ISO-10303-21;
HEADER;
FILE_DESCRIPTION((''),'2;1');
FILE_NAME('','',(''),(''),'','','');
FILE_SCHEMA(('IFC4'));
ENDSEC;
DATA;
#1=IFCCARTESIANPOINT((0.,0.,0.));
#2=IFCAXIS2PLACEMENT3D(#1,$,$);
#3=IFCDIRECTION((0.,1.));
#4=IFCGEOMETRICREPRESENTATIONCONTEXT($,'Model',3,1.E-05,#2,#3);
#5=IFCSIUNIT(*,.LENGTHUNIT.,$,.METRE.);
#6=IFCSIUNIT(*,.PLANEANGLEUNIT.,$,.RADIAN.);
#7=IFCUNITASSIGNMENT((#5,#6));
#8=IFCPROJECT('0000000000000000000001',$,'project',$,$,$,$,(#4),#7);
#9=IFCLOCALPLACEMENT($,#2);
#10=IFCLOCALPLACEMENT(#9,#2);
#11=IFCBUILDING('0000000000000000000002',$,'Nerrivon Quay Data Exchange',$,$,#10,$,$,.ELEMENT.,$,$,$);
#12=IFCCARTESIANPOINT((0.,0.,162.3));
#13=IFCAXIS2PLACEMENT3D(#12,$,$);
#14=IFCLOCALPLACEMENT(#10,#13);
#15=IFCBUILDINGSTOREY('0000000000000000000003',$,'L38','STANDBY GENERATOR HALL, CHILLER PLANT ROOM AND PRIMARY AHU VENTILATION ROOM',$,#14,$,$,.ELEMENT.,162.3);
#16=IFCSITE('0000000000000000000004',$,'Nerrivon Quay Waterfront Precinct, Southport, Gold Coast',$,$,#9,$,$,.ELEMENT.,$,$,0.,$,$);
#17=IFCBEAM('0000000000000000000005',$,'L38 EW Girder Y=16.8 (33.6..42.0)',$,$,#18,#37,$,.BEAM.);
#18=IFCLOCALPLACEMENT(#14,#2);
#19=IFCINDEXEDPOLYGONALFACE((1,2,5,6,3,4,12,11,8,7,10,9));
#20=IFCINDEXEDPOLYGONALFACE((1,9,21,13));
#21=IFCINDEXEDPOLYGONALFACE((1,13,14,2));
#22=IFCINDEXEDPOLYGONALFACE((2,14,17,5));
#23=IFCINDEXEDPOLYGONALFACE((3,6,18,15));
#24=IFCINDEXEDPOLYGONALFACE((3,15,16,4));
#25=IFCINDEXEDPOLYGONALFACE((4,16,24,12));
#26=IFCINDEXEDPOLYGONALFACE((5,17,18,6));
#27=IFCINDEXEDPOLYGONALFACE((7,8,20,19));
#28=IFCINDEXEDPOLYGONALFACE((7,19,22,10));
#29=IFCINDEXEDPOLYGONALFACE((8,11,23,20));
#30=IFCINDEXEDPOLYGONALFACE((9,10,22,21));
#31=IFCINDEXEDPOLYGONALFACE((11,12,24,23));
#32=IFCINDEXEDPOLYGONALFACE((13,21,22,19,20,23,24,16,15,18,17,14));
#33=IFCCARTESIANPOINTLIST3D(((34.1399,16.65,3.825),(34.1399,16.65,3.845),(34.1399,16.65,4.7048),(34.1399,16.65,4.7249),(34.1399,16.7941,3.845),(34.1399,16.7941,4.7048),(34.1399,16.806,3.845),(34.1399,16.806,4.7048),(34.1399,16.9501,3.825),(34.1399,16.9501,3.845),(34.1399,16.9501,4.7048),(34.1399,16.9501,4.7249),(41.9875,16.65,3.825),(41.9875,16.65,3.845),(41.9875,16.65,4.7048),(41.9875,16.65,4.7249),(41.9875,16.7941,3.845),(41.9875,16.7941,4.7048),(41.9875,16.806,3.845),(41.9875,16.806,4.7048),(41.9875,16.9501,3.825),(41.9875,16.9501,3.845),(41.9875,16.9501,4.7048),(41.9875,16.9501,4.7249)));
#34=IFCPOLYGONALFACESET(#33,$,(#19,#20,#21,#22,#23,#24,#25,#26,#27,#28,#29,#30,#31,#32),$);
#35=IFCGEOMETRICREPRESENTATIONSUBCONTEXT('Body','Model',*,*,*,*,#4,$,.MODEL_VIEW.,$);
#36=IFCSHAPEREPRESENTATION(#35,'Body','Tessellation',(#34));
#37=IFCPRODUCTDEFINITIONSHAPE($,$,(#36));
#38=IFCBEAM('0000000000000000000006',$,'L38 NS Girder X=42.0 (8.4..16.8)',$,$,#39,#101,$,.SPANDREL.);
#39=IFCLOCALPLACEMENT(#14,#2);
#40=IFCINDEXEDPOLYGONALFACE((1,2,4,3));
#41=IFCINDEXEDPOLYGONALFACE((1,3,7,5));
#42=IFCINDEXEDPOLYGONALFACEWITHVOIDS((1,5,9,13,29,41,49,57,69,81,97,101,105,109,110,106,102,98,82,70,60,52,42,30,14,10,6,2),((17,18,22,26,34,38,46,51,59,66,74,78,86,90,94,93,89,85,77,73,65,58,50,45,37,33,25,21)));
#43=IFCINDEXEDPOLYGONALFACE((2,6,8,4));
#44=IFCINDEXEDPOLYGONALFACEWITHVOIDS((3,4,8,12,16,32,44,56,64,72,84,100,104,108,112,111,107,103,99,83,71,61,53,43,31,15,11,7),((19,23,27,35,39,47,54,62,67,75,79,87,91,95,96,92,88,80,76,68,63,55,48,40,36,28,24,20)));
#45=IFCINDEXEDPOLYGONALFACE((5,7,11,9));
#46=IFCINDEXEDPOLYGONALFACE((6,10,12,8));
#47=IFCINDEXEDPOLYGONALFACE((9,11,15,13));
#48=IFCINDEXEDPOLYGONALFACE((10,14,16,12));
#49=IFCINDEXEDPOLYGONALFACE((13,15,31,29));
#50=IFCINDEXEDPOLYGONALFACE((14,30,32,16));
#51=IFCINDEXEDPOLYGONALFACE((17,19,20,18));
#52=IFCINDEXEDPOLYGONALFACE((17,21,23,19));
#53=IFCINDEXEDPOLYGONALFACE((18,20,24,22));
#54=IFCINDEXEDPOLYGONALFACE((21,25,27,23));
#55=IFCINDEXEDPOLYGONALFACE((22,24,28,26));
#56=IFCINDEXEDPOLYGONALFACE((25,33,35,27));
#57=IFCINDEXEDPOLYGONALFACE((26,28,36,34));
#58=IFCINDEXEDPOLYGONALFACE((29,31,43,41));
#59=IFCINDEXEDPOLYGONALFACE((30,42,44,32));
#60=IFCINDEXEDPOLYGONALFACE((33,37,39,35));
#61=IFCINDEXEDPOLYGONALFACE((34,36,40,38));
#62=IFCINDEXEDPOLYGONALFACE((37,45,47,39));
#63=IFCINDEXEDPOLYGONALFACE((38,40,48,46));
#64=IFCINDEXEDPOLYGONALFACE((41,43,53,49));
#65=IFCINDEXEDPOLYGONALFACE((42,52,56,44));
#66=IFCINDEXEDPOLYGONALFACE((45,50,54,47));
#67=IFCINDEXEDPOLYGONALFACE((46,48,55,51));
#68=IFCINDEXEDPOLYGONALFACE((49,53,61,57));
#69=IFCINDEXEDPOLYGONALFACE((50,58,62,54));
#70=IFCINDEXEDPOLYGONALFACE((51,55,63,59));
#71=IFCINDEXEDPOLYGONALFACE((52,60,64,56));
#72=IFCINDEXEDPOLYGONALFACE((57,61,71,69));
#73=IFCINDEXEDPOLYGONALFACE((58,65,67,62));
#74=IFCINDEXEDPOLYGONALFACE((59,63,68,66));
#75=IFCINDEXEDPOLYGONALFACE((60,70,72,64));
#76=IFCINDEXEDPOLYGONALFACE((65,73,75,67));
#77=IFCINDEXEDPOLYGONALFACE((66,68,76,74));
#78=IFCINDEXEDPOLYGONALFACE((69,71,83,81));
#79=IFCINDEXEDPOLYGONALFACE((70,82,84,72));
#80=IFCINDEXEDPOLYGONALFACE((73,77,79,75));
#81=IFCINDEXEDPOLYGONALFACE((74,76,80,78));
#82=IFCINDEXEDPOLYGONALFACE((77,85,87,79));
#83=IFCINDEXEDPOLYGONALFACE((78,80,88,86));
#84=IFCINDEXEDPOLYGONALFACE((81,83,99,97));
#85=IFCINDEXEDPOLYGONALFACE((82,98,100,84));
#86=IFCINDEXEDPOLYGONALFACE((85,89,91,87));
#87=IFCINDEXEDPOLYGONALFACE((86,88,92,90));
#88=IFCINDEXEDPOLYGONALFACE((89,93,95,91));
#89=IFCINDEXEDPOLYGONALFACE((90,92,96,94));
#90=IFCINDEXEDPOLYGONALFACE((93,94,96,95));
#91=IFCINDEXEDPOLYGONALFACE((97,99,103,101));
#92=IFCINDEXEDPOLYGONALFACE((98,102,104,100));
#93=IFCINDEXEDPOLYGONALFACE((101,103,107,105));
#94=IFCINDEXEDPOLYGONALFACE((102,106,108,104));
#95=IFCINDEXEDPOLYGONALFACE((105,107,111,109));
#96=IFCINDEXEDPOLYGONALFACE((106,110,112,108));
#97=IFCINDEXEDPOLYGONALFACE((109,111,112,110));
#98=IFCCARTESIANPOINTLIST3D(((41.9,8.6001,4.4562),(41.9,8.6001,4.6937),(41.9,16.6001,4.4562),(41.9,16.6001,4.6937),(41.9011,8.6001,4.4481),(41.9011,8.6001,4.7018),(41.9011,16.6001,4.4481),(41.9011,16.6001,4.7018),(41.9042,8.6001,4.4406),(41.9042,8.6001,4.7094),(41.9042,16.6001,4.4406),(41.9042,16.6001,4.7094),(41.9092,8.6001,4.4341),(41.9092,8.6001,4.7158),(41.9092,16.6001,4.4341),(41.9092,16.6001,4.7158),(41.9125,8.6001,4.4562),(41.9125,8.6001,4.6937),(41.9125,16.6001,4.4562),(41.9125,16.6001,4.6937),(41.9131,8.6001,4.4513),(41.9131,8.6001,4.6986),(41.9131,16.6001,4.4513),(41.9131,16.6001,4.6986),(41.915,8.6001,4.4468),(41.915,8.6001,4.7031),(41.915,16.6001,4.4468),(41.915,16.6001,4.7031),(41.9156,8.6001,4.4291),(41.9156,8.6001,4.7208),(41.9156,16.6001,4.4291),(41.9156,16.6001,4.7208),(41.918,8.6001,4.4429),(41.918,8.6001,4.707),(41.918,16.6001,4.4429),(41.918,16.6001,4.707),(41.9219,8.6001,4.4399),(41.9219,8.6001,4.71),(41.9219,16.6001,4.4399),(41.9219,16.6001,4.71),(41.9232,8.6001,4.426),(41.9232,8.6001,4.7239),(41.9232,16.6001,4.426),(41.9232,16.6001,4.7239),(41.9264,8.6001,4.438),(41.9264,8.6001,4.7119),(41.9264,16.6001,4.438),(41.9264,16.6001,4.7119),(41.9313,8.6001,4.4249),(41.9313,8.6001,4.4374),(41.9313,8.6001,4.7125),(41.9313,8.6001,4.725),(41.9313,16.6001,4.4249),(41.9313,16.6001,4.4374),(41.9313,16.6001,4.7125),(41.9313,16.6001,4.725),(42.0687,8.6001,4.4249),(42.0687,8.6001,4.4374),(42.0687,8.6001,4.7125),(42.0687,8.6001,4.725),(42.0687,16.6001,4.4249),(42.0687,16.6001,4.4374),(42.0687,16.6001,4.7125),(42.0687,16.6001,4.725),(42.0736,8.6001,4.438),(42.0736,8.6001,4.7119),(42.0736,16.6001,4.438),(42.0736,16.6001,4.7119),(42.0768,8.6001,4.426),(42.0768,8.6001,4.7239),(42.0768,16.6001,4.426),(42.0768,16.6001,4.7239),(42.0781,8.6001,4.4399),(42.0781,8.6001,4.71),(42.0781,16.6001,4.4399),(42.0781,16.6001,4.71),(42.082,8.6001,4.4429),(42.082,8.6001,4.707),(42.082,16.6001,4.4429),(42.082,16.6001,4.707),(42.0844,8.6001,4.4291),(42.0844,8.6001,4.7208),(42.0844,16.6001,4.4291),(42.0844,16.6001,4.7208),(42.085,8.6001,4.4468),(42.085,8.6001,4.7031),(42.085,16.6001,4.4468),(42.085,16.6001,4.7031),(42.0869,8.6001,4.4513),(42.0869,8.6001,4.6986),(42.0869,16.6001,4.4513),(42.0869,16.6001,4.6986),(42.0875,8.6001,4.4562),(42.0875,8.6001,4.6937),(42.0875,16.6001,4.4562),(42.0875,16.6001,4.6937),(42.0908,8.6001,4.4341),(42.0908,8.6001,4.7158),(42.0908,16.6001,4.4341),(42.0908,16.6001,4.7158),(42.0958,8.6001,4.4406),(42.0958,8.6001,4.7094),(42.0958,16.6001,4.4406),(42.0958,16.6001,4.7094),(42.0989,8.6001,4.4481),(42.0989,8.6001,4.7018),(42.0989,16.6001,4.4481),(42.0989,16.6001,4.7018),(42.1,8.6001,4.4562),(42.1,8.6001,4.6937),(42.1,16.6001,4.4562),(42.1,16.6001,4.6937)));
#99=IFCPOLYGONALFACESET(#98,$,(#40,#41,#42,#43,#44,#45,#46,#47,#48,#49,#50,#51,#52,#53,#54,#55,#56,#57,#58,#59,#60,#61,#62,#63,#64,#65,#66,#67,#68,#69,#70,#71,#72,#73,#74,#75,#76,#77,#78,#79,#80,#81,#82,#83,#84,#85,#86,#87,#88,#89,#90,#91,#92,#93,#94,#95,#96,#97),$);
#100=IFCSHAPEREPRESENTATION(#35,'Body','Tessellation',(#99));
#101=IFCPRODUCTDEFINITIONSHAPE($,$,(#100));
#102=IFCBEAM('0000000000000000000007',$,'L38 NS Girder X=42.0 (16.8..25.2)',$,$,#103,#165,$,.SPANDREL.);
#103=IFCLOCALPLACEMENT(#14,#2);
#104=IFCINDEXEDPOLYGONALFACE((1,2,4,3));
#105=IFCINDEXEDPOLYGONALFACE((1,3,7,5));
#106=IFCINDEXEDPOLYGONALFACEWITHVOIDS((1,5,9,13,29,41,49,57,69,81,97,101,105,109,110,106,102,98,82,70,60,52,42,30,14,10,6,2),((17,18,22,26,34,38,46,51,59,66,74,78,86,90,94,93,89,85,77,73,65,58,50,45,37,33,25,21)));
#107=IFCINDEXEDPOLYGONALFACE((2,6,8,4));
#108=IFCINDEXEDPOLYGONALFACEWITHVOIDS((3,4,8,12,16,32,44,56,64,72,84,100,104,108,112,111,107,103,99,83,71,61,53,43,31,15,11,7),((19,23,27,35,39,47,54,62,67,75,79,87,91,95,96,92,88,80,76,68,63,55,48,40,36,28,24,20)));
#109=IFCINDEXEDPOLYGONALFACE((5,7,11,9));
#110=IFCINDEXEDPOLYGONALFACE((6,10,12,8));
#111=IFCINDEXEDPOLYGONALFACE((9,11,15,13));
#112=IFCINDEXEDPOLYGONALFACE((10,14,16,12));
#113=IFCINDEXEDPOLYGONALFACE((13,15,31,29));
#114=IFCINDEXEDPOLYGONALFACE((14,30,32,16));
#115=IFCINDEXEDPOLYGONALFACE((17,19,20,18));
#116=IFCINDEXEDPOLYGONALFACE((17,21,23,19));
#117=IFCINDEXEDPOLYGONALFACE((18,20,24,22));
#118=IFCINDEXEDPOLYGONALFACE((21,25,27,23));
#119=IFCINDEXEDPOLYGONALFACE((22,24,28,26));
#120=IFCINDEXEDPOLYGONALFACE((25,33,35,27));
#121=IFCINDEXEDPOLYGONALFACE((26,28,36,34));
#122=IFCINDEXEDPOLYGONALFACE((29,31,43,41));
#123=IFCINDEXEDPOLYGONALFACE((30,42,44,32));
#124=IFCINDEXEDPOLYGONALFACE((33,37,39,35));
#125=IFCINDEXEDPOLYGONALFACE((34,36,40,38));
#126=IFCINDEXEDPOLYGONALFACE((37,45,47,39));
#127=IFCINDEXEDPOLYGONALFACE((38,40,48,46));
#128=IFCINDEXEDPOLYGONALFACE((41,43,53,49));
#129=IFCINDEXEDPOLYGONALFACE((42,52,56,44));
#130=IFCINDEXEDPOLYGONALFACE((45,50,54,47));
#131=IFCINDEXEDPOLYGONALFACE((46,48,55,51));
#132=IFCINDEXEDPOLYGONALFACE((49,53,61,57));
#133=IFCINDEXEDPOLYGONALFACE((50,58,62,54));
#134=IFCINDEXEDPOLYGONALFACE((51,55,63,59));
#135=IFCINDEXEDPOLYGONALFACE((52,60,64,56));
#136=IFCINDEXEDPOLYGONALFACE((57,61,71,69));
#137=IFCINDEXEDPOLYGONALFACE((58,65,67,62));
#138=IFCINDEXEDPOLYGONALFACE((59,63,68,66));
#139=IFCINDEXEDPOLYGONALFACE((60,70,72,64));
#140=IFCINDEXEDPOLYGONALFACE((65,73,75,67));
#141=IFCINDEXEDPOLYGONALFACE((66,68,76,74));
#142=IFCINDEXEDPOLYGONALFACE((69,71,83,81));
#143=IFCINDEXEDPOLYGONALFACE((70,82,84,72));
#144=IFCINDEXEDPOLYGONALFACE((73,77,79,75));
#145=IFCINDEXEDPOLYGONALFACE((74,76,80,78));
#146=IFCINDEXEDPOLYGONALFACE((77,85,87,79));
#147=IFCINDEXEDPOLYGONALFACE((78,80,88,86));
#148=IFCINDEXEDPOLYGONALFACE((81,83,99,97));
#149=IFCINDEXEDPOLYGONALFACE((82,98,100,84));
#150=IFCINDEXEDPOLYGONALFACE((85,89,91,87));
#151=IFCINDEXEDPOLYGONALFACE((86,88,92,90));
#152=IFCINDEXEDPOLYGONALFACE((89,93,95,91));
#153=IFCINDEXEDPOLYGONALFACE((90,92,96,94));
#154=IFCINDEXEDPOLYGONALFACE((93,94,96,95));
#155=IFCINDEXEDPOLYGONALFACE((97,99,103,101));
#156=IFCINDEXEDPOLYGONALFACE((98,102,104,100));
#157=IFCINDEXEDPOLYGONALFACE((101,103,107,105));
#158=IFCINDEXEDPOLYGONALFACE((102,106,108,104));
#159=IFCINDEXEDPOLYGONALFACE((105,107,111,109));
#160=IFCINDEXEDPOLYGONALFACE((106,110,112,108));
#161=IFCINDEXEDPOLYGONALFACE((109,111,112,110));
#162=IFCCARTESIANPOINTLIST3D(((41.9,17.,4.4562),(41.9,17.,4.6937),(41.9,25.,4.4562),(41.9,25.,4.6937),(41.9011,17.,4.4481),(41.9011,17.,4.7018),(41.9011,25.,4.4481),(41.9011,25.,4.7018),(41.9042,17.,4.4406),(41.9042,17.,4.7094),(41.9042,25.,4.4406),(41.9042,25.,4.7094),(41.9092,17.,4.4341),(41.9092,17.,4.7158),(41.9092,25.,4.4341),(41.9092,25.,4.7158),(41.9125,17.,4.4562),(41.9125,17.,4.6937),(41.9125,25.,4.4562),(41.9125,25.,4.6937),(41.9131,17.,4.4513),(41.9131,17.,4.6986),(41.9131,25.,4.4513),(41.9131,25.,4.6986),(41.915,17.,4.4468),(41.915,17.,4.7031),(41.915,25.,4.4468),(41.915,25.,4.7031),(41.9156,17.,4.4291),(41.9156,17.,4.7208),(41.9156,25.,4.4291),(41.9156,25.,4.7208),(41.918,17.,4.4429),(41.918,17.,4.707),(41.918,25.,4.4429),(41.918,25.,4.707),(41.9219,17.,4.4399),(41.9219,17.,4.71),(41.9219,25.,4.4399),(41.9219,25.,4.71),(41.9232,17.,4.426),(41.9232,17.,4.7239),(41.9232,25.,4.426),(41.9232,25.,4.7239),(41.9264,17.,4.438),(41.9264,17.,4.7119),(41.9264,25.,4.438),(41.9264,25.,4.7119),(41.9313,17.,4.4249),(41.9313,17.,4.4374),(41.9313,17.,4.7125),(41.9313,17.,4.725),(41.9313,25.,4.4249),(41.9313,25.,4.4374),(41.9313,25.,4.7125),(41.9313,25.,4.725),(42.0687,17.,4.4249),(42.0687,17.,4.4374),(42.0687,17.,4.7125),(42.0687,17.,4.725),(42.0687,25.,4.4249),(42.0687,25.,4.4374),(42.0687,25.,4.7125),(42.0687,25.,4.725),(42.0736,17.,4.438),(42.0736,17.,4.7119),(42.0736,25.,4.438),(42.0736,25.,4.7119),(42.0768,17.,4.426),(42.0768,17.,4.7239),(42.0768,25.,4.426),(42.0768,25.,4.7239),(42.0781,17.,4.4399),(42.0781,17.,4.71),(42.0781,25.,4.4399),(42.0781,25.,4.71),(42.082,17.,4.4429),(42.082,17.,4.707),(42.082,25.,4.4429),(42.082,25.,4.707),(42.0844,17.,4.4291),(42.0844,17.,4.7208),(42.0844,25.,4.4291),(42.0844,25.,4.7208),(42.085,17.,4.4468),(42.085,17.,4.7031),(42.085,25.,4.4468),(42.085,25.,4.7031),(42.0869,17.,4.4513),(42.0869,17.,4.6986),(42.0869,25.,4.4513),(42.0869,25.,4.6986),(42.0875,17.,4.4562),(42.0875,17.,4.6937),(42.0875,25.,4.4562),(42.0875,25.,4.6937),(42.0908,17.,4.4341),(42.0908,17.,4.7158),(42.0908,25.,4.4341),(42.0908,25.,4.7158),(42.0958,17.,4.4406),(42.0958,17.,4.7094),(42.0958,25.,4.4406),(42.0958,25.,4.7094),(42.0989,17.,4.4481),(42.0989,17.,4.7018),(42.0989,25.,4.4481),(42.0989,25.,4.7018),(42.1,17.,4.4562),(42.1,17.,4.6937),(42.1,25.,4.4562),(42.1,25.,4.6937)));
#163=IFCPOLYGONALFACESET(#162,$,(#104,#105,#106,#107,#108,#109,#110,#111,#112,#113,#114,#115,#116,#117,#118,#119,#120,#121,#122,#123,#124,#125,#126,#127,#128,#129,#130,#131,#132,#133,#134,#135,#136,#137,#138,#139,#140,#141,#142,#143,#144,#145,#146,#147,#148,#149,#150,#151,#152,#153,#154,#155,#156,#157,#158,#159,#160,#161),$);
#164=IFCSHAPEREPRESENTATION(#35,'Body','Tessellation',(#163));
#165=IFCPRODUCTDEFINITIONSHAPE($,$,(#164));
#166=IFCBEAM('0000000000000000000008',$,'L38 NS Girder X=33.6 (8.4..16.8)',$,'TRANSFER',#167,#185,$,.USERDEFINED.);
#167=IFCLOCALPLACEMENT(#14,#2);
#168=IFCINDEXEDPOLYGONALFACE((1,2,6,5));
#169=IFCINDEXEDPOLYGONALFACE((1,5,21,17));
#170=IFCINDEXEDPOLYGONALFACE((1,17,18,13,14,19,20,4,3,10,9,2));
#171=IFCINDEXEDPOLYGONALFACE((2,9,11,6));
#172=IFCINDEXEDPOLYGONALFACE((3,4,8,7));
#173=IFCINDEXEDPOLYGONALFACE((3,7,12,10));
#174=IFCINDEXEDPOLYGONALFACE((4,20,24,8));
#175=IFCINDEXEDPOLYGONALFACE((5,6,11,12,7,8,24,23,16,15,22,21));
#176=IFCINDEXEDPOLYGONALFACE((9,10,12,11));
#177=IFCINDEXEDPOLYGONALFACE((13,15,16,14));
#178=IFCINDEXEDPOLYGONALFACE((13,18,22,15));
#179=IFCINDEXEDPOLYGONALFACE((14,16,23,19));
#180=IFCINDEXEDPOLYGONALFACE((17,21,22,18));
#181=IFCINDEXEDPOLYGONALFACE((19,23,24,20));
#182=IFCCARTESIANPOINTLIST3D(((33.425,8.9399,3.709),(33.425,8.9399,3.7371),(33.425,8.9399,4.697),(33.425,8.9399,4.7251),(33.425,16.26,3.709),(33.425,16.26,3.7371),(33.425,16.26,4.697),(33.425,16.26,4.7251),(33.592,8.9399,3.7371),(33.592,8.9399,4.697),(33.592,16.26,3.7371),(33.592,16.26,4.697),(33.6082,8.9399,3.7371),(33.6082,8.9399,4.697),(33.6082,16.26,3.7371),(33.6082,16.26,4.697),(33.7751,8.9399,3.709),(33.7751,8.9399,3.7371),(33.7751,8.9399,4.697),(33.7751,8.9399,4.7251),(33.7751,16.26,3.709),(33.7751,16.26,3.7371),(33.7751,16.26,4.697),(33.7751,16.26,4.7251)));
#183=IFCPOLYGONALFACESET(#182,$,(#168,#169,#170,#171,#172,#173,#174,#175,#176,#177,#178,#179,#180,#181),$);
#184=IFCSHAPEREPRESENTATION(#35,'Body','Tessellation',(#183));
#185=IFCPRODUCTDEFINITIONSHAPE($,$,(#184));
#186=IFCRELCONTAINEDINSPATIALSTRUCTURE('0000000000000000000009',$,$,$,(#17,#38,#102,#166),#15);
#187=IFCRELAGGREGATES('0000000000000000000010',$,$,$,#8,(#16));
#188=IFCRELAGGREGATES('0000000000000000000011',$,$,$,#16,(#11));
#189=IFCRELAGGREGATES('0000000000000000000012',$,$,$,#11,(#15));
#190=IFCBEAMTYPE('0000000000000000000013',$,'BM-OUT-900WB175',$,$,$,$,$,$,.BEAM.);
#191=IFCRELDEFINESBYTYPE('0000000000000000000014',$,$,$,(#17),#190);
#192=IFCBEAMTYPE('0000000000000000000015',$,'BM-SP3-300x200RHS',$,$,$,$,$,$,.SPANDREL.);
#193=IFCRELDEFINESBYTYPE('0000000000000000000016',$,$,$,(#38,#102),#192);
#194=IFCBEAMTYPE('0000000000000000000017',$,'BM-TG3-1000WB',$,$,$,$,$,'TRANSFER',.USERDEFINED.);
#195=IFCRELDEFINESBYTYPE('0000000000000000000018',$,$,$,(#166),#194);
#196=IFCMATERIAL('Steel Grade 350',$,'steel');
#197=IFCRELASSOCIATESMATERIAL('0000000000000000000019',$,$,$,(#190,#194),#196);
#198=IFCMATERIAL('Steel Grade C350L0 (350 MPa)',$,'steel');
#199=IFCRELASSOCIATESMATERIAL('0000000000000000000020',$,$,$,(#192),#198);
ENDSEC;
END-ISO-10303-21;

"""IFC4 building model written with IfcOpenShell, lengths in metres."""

from ifc_helpers import new_model, si_unit, direction, frame, origin, origin_2d, place, context, subcontext, project, spatial, hollow_rectangle, i_section, extrude, material, material_profile, profile_set, type_object, element, save


model = new_model("IFC4")

# Units and contexts
model_context = context("Model", 3, precision=1e-05, world=origin(), true_north=direction((0.0, 1.0)))
body_context = subcontext(model_context, "Body", "Model", "MODEL_VIEW")
ifc_project = project(units=[si_unit("LENGTHUNIT", "METRE"), si_unit("PLANEANGLEUNIT", "RADIAN")], contexts=[model_context])

# Site, building, storey
site_placement = place(None, origin())
site = spatial("IfcSite", under=ifc_project, at=site_placement, Name="Nerrivon Quay Waterfront Precinct, Southport, Gold Coast", CompositionType="ELEMENT", RefElevation=0.0)
building_placement = place(site_placement, origin())
building = spatial("IfcBuilding", under=site, at=building_placement, Name="Nerrivon Quay Data Exchange", CompositionType="ELEMENT")
storey_placement = place(building_placement, frame((0.0, 0.0, 162.3)))
storey = spatial("IfcBuildingStorey", under=building, at=storey_placement, Name="L38", Description="STANDBY GENERATOR HALL, CHILLER PLANT ROOM AND PRIMARY AHU VENTILATION ROOM", CompositionType="ELEMENT", Elevation=162.3)

# Shared definitions
ifc_material_1 = material(Name="Steel Grade 350", Category="steel")

# Beams
ifc_material_profile_1 = material_profile(ifc_material_1, i_section(OverallWidth=0.3, OverallDepth=0.8999, WebThickness=0.012, FlangeThickness=0.02, at=origin_2d()), Name="900WB175")
ifc_profile_set_1 = profile_set([ifc_material_profile_1], Name="Steel Grade 350")
beam_type_1 = type_object("IfcBeamType", Name="BM-OUT-900WB175", PredefinedType="BEAM", material=ifc_profile_set_1)
beam_1_placement = place(storey_placement, frame((34.1399, 16.8, 4.2749), z_axis=(1.0, 0.0, 0.0), x_axis=(0.0, 1.0, 0.0)))
element("IfcBeam", 1, at=beam_1_placement, inside=storey, type_object=beam_type_1, Name="L38 EW Girder Y=16.8 (33.6..42.0)", PredefinedType="BEAM", context=body_context, shape_type="SweptSolid", body=[
    extrude(i_section(OverallWidth=0.3, OverallDepth=0.8999, WebThickness=0.012, FlangeThickness=0.02, at=origin_2d()), origin(), (0.0, 0.0, 1.0), 7.8477),
])
ifc_material_2 = material(Name="Steel Grade C350L0 (350 MPa)", Category="steel")
ifc_material_profile_2 = material_profile(ifc_material_2, hollow_rectangle(XDim=0.2, YDim=0.3, WallThickness=0.0125, InnerFilletRadius=0.0188, OuterFilletRadius=0.0312, at=origin_2d()), Name="300x200x12.5RHS")
ifc_profile_set_2 = profile_set([ifc_material_profile_2], Name="Steel Grade C350L0 (350 MPa)")
beam_type_2 = type_object("IfcBeamType", Name="BM-SP3-300x200RHS", PredefinedType="SPANDREL", material=ifc_profile_set_2)
for number, where, z_axis, x_axis, name in (
    (2, (42.0, 8.6001, 4.575), (0.0, 1.0, 0.0), (-1.0, 0.0, 0.0), "L38 NS Girder X=42.0 (8.4..16.8)"),
    (3, (42.0, 17.0, 4.575), (0.0, 1.0, 0.0), (-1.0, 0.0, 0.0), "L38 NS Girder X=42.0 (16.8..25.2)"),
):
    element("IfcBeam", number, at=place(storey_placement, frame(where, z_axis=z_axis, x_axis=x_axis)), inside=storey, type_object=beam_type_2, Name=name, PredefinedType="SPANDREL", context=body_context, shape_type="SweptSolid", body=[
        extrude(hollow_rectangle(XDim=0.2, YDim=0.3, WallThickness=0.0125, InnerFilletRadius=0.0188, OuterFilletRadius=0.0312, at=origin_2d()), origin(), (0.0, 0.0, 1.0), 8.0),
    ])
ifc_material_profile_3 = material_profile(ifc_material_1, i_section(OverallWidth=0.3501, OverallDepth=1.0161, WebThickness=0.0161, FlangeThickness=0.0281, at=origin_2d()), Name="1000WB258")
ifc_profile_set_3 = profile_set([ifc_material_profile_3], Name="Steel Grade 350")
beam_type_3 = type_object("IfcBeamType", Name="BM-TG3-1000WB", ElementType="TRANSFER", PredefinedType="USERDEFINED", material=ifc_profile_set_3)
beam_2_placement = place(storey_placement, frame((33.6001, 8.9399, 4.217), z_axis=(0.0, 1.0, 0.0), x_axis=(-1.0, 0.0, 0.0)))
element("IfcBeam", 4, at=beam_2_placement, inside=storey, type_object=beam_type_3, Name="L38 NS Girder X=33.6 (8.4..16.8)", ObjectType="TRANSFER", PredefinedType="USERDEFINED", context=body_context, shape_type="SweptSolid", body=[
    extrude(i_section(OverallWidth=0.3501, OverallDepth=1.0161, WebThickness=0.0161, FlangeThickness=0.0281, at=origin_2d()), origin(), (0.0, 0.0, 1.0), 7.3201),
])

save(model, "model.ifc")
